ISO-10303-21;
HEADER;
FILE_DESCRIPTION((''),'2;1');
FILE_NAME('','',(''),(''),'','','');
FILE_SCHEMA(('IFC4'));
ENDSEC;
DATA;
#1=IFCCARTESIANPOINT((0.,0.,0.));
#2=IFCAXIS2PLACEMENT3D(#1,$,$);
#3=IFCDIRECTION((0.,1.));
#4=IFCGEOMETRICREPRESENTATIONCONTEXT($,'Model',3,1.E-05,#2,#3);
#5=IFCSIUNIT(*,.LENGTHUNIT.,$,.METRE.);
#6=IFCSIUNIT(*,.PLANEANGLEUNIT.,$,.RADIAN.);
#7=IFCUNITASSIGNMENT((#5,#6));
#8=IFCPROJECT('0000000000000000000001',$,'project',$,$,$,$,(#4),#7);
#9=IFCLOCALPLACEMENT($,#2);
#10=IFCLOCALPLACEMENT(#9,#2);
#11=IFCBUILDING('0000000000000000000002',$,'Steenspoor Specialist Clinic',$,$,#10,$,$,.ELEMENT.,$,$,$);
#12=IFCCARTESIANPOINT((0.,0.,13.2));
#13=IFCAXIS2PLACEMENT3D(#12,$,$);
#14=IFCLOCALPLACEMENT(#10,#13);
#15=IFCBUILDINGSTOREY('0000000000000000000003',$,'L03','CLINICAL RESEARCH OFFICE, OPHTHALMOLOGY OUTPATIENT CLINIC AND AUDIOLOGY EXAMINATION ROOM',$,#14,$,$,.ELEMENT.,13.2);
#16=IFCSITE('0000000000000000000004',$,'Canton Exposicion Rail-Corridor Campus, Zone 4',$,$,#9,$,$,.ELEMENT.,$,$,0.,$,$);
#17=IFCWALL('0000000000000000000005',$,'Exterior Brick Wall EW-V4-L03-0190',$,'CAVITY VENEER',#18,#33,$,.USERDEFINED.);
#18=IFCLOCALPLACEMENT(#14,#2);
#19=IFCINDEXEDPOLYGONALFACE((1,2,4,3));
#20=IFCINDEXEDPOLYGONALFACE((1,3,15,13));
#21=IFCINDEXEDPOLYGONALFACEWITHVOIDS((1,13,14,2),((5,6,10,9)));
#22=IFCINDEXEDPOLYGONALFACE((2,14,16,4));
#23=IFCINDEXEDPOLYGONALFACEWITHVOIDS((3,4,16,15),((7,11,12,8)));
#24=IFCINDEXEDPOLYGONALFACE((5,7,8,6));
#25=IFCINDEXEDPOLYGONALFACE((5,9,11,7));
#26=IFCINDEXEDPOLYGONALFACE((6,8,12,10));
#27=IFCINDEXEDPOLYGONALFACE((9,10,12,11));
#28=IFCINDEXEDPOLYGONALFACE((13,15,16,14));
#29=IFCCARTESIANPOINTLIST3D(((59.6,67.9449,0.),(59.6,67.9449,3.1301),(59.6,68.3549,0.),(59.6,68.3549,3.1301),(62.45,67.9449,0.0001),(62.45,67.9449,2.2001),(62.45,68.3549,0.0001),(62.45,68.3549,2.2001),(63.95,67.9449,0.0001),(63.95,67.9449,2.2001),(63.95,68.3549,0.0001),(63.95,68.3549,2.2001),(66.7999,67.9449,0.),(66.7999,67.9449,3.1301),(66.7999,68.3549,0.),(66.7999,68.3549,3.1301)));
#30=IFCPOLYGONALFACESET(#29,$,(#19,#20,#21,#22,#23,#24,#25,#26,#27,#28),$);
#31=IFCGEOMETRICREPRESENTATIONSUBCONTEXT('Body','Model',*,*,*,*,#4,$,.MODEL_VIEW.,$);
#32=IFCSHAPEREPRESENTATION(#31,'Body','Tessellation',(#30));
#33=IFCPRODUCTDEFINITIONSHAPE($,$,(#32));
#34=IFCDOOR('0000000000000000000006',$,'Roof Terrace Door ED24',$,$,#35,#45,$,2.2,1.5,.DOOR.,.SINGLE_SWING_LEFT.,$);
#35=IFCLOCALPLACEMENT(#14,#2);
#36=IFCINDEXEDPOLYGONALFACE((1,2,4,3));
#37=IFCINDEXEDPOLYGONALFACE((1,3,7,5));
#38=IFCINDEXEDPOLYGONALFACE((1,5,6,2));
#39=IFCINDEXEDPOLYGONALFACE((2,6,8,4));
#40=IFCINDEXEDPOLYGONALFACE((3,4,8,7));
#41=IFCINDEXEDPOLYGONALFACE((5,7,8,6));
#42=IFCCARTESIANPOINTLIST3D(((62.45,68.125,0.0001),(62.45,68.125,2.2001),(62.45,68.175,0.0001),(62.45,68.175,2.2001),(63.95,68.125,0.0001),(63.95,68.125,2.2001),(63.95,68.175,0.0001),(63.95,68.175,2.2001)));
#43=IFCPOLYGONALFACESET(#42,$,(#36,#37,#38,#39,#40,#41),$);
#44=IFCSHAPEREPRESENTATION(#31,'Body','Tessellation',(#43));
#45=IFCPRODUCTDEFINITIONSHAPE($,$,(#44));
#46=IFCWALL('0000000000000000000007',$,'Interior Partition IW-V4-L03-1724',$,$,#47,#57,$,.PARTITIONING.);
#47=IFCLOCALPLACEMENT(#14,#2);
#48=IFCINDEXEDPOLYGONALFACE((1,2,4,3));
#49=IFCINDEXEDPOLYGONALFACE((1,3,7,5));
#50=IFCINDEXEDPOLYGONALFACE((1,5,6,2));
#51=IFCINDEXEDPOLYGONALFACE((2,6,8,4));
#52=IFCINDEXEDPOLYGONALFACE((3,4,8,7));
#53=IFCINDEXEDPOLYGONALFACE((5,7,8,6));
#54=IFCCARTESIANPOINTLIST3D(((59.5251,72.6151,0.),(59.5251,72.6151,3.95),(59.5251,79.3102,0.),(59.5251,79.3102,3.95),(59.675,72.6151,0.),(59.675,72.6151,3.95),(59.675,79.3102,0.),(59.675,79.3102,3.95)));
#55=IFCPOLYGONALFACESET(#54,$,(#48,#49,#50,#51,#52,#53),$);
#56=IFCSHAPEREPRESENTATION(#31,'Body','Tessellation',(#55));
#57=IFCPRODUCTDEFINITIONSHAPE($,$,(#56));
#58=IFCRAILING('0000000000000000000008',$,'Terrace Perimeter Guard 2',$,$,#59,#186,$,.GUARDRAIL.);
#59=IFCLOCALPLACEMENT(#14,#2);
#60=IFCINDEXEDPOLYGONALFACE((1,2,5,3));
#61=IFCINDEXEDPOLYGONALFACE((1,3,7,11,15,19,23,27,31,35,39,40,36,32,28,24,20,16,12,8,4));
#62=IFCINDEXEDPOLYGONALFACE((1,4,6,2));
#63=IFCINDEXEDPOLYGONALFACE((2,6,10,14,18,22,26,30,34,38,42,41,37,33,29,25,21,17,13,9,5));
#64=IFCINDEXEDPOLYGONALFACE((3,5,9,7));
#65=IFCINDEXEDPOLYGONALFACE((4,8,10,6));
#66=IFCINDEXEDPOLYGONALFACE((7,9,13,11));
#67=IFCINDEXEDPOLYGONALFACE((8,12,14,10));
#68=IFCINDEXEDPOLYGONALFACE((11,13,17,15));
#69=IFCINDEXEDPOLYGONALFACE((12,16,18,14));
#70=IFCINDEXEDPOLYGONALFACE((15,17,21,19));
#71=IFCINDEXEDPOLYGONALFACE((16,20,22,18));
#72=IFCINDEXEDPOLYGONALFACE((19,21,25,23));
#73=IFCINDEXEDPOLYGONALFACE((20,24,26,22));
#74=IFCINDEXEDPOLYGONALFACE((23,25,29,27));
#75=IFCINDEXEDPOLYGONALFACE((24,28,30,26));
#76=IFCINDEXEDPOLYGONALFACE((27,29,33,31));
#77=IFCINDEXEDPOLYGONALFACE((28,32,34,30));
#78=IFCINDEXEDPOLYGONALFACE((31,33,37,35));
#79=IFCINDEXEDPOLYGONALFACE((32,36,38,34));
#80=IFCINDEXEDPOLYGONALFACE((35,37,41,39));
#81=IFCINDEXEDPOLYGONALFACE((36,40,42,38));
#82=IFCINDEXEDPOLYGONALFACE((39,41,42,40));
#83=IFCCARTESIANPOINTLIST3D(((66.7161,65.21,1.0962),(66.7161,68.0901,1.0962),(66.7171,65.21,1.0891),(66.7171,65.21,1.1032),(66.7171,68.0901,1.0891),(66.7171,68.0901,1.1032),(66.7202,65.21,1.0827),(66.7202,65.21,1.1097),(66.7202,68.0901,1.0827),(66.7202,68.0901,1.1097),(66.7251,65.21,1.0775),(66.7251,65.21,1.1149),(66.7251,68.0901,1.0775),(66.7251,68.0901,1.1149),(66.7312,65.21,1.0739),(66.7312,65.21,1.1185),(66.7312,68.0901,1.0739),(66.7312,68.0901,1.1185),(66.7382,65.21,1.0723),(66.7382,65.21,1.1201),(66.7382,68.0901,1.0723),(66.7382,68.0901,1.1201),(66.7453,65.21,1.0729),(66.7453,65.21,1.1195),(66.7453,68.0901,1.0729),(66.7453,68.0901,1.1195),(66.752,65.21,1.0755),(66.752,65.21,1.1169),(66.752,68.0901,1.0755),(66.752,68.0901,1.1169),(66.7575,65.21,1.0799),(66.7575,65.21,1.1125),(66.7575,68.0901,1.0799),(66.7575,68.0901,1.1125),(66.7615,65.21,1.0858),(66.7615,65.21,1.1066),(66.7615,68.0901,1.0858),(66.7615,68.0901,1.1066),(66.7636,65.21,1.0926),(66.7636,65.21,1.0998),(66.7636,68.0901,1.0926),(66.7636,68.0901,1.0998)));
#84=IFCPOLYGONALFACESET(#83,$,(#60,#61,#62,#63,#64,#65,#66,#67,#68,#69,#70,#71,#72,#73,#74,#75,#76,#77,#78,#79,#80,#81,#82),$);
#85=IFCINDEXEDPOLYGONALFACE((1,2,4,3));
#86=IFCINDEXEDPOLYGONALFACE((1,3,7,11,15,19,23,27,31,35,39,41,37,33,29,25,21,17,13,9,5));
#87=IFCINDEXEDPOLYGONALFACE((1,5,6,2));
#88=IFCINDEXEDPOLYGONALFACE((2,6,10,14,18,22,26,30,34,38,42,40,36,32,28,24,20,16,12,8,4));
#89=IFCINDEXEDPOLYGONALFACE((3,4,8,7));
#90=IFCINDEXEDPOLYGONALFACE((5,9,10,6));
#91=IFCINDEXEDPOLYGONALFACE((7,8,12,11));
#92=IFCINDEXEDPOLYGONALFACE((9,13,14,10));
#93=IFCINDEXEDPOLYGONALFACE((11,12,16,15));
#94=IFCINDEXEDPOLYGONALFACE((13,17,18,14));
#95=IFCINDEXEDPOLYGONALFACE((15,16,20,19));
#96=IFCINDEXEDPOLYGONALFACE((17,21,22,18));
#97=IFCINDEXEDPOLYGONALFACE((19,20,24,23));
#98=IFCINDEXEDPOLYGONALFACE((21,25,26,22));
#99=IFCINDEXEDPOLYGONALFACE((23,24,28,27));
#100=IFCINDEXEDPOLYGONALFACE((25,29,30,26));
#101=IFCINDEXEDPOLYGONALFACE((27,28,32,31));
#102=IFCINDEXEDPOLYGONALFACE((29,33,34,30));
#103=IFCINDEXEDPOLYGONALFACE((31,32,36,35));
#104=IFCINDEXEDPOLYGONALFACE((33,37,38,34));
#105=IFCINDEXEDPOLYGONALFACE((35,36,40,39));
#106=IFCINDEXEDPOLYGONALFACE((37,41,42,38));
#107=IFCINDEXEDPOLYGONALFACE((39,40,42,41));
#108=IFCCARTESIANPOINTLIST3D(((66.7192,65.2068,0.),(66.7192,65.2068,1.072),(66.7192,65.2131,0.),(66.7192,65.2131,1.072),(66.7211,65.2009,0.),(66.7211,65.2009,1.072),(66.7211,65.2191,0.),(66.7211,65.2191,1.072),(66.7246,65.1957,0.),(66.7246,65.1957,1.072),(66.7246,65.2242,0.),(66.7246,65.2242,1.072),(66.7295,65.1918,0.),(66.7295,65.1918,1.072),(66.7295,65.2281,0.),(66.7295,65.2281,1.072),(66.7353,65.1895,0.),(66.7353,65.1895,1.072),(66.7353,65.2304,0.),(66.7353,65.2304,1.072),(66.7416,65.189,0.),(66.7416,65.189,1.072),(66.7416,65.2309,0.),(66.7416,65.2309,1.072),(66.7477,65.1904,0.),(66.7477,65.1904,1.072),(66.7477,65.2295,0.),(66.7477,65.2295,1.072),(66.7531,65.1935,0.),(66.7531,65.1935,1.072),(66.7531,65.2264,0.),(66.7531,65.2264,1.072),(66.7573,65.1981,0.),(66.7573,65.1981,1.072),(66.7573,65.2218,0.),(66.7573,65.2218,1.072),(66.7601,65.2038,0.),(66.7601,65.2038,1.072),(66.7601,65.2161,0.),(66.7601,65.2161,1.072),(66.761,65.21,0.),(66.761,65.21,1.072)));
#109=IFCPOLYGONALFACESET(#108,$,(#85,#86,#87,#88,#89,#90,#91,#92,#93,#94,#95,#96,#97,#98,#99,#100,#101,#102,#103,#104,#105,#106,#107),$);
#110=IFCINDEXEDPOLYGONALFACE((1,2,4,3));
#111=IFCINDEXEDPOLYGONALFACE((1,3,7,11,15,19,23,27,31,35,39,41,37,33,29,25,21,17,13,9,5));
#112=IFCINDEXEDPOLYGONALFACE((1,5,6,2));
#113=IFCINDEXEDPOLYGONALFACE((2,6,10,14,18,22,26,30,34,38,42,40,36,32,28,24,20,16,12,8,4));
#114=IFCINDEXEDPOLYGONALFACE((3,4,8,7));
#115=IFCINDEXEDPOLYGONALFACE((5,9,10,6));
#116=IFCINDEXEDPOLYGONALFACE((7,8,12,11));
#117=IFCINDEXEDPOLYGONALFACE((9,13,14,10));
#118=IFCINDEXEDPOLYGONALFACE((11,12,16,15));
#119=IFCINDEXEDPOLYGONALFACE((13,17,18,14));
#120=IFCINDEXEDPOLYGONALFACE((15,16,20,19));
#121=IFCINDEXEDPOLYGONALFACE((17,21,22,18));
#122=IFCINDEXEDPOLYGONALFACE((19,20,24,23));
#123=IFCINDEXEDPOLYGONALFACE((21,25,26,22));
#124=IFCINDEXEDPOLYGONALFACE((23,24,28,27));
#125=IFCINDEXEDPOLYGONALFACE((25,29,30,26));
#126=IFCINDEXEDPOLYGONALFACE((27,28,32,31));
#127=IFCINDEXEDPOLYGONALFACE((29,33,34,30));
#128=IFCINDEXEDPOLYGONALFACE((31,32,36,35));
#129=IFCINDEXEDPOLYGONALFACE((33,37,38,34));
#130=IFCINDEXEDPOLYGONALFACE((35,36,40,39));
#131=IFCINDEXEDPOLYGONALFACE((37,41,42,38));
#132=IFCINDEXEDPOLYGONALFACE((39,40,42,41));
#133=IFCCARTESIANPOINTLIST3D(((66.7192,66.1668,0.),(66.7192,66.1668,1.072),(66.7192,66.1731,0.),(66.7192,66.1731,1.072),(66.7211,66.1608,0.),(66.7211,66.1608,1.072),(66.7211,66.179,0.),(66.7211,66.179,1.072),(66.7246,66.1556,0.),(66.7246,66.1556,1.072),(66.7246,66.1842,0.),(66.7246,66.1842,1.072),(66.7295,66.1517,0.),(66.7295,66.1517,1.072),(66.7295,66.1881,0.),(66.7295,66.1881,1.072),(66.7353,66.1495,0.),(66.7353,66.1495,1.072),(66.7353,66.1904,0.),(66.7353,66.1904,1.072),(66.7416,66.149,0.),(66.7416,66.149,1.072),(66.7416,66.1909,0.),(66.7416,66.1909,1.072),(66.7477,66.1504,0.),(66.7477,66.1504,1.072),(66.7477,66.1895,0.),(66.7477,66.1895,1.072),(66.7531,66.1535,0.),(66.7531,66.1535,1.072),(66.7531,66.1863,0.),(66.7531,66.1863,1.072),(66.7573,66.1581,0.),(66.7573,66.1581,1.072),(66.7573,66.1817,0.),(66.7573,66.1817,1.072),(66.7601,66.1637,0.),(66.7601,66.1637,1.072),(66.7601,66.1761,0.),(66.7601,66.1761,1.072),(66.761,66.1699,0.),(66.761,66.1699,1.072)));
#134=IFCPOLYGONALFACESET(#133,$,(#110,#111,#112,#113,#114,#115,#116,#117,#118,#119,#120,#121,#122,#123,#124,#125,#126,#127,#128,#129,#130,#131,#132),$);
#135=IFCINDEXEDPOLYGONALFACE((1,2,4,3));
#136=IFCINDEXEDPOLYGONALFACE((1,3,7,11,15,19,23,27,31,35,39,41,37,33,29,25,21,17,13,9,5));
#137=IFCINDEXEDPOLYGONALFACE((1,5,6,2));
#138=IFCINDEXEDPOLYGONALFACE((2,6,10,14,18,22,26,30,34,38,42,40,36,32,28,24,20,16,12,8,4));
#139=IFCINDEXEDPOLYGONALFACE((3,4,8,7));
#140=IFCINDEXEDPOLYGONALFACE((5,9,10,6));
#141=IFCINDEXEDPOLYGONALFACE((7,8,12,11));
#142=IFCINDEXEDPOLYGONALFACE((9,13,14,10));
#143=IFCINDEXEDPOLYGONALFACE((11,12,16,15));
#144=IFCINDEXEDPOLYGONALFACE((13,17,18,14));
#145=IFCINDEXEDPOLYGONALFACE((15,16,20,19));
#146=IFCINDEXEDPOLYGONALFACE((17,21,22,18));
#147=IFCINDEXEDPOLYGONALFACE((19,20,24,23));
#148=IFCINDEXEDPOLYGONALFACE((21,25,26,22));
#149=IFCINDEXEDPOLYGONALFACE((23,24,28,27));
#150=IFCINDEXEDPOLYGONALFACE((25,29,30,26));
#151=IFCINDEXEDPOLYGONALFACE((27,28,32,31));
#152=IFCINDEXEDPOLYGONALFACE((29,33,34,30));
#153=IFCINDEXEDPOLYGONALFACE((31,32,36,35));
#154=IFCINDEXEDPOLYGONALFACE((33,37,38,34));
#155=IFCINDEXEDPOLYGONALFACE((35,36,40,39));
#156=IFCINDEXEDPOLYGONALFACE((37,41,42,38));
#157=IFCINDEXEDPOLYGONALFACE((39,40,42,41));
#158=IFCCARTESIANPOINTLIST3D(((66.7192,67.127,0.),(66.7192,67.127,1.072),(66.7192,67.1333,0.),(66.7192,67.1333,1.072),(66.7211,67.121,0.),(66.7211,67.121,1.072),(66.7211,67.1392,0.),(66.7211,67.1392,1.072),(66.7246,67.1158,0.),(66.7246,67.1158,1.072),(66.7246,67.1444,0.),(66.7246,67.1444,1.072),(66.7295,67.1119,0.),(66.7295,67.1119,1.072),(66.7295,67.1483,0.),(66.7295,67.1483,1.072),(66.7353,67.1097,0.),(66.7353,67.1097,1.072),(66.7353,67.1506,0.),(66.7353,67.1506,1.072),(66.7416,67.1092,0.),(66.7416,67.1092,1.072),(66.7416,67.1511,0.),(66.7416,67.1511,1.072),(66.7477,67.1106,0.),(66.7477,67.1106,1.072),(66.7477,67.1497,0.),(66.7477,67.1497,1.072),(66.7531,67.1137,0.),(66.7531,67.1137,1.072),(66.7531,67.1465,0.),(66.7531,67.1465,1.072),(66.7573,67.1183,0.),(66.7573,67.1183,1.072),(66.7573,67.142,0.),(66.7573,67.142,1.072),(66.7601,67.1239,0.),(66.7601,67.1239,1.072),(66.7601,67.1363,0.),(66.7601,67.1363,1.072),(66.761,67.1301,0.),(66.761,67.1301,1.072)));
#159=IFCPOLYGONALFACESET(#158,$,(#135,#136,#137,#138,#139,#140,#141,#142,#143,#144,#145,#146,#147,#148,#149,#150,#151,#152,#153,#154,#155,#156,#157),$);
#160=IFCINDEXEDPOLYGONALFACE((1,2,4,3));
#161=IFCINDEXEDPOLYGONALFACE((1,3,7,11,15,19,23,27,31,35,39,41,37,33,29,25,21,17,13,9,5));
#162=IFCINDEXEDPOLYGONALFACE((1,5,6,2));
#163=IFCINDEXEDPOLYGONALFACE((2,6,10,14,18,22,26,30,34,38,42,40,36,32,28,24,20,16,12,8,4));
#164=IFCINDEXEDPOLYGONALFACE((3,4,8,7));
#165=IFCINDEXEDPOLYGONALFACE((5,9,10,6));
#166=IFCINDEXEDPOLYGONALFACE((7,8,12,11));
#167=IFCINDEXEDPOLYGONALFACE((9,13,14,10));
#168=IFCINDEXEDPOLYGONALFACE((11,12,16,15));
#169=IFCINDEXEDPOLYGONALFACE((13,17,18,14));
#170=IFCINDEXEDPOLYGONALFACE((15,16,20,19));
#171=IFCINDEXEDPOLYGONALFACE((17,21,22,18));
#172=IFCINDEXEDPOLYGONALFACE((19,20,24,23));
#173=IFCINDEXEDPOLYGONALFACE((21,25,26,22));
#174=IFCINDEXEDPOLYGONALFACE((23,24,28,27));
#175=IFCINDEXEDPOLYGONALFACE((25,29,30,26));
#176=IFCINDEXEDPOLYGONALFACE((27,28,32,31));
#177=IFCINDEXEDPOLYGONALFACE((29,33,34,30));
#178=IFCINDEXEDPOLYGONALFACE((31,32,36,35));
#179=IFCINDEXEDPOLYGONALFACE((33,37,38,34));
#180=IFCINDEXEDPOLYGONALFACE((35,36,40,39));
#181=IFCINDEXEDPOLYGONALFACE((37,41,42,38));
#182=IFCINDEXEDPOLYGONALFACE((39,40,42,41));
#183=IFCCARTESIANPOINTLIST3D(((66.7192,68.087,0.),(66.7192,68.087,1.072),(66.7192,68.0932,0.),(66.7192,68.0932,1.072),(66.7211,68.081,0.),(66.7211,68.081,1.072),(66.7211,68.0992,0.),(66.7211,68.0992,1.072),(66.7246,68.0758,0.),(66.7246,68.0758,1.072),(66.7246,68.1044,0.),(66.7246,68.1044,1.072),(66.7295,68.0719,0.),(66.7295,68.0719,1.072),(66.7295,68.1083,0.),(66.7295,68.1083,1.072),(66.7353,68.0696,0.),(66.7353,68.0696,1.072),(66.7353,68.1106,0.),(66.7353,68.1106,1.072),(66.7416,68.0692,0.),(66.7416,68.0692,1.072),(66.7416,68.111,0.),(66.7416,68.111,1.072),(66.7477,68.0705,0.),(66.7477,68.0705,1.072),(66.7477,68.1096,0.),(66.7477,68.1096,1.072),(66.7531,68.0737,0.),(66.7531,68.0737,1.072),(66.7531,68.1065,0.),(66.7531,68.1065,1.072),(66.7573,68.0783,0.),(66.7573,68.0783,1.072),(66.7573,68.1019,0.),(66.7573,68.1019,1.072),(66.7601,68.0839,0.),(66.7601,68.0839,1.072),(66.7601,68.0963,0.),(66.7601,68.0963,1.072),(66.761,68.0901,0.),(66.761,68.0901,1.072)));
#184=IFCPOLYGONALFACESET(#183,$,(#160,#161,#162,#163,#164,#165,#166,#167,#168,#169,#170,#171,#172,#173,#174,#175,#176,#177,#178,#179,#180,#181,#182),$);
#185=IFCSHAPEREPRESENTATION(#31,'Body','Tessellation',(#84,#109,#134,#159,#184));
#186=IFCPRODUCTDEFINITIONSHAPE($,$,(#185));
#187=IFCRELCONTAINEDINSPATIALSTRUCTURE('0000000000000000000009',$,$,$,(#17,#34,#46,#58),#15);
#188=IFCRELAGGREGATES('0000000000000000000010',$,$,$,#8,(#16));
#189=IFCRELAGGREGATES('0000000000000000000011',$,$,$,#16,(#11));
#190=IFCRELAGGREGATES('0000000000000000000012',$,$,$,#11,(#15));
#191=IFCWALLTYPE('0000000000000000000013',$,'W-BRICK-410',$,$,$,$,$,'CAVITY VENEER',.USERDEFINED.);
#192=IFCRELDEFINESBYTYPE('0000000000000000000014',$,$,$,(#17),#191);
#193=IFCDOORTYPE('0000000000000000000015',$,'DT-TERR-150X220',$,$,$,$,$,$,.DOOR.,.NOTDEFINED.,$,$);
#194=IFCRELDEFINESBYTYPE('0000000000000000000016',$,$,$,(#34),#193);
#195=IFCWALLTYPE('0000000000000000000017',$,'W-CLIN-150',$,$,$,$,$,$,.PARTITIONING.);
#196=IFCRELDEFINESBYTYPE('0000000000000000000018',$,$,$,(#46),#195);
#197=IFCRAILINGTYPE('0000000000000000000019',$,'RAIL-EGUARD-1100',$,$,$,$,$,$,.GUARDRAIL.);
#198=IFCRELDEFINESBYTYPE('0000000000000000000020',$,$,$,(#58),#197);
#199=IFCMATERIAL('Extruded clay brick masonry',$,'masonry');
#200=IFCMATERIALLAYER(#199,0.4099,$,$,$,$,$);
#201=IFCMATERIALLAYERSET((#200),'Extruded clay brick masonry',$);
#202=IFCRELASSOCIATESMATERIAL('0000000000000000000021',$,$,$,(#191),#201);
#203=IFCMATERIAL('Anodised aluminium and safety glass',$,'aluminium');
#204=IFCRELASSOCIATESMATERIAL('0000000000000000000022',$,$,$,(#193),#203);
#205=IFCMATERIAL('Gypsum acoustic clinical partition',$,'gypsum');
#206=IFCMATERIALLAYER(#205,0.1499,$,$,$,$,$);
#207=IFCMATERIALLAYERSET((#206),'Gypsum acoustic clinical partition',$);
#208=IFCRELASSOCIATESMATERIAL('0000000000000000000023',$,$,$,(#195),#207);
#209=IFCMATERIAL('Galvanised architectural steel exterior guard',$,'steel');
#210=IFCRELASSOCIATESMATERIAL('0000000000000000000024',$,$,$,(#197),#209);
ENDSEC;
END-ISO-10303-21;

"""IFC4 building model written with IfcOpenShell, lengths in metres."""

from ifc_helpers import new_model, si_unit, direction, frame, frame_2d, origin, origin_2d, place, context, subcontext, project, spatial, rectangle, circle, extrude, material, layer, layer_set, type_object, element, fill, save


model = new_model("IFC4")

# Units and contexts
model_context = context("Model", 3, precision=1e-05, world=origin(), true_north=direction((0.0, 1.0)))
body_context = subcontext(model_context, "Body", "Model", "MODEL_VIEW")
ifc_project = project(units=[si_unit("LENGTHUNIT", "METRE"), si_unit("PLANEANGLEUNIT", "RADIAN")], contexts=[model_context])

# Site, building, storey
site_placement = place(None, origin())
site = spatial("IfcSite", under=ifc_project, at=site_placement, Name="Canton Exposicion Rail-Corridor Campus, Zone 4", CompositionType="ELEMENT", RefElevation=0.0)
building_placement = place(site_placement, origin())
building = spatial("IfcBuilding", under=site, at=building_placement, Name="Steenspoor Specialist Clinic", CompositionType="ELEMENT")
storey_placement = place(building_placement, frame((0.0, 0.0, 13.2)))
storey = spatial("IfcBuildingStorey", under=building, at=storey_placement, Name="L03", Description="CLINICAL RESEARCH OFFICE, OPHTHALMOLOGY OUTPATIENT CLINIC AND AUDIOLOGY EXAMINATION ROOM", CompositionType="ELEMENT", Elevation=13.2)

# Wall, opening, door
ifc_material_1 = material(Name="Extruded clay brick masonry", Category="masonry")
ifc_layer_1 = layer(ifc_material_1, 0.4099)
ifc_layer_set_1 = layer_set([ifc_layer_1], Name="Extruded clay brick masonry")
wall_type_1 = type_object("IfcWallType", Name="W-BRICK-410", ElementType="CAVITY VENEER", PredefinedType="USERDEFINED", material=ifc_layer_set_1)
wall_1_placement = place(storey_placement, frame((66.8, 68.1499, 0.0), z_axis=(0.0, 0.0, 1.0), x_axis=(-1.0, 0.0, 0.0)))
wall_1 = element("IfcWall", 1, at=wall_1_placement, inside=storey, type_object=wall_type_1, Name="Exterior Brick Wall EW-V4-L03-0190", ObjectType="CAVITY VENEER", PredefinedType="USERDEFINED", context=body_context, shape_type="SweptSolid", body=[
    extrude(rectangle(XDim=7.2, YDim=0.4099, at=frame_2d((3.6001, 0.0))), origin(), (0.0, 0.0, 1.0), 3.1301),
])
opening_placement = place(wall_1_placement, frame((2.8501, 0.0, 0.0)))
opening = element("IfcOpeningElement", 2, at=opening_placement, cuts=wall_1, PredefinedType="OPENING", context=body_context, shape_type="SweptSolid", body=[
    extrude(rectangle(XDim=1.5, YDim=2.2, at=frame_2d((0.75, 1.1001))), frame((0.0, 0.2148, 0.0), z_axis=(0.0, -1.0, 0.0), x_axis=(1.0, 0.0, 0.0)), (0.0, 0.0, 1.0), 0.4299),
])
ifc_material_2 = material(Name="Anodised aluminium and safety glass", Category="aluminium")
door_type = type_object("IfcDoorType", Name="DT-TERR-150X220", OperationType="NOTDEFINED", PredefinedType="DOOR", material=ifc_material_2)
door_placement = place(opening_placement, origin())
door = element("IfcDoor", 3, at=door_placement, inside=storey, type_object=door_type, Name="Roof Terrace Door ED24", OperationType="SINGLE_SWING_LEFT", OverallHeight=2.2, OverallWidth=1.5, PredefinedType="DOOR", context=body_context, shape_type="SweptSolid", body=[
    extrude(rectangle(XDim=1.5, YDim=2.2, at=frame_2d((0.75, 1.1001))), frame((0.0, 0.0249, 0.0), z_axis=(0.0, -1.0, 0.0), x_axis=(1.0, 0.0, 0.0)), (0.0, 0.0, 1.0), 0.05),
])
fill(opening, door)

# Wall
ifc_material_3 = material(Name="Gypsum acoustic clinical partition", Category="gypsum")
ifc_layer_2 = layer(ifc_material_3, 0.1499)
ifc_layer_set_2 = layer_set([ifc_layer_2], Name="Gypsum acoustic clinical partition")
wall_type_2 = type_object("IfcWallType", Name="W-CLIN-150", PredefinedType="PARTITIONING", material=ifc_layer_set_2)
wall_2_placement = place(storey_placement, frame((59.6001, 72.615, 0.0), z_axis=(0.0, 0.0, 1.0), x_axis=(0.0, 1.0, 0.0)))
element("IfcWall", 4, at=wall_2_placement, inside=storey, type_object=wall_type_2, Name="Interior Partition IW-V4-L03-1724", PredefinedType="PARTITIONING", context=body_context, shape_type="SweptSolid", body=[
    extrude(rectangle(XDim=6.6951, YDim=0.1499, at=frame_2d((3.3477, 0.0))), origin(), (0.0, 0.0, 1.0), 3.95),
])

# Railing
ifc_material_4 = material(Name="Galvanised architectural steel exterior guard", Category="steel")
railing_type = type_object("IfcRailingType", Name="RAIL-EGUARD-1100", PredefinedType="GUARDRAIL", material=ifc_material_4)
railing_placement = place(storey_placement, frame((66.74, 65.21, 0.0)))
element("IfcRailing", 5, at=railing_placement, inside=storey, type_object=railing_type, Name="Terrace Perimeter Guard 2", PredefinedType="GUARDRAIL", context=body_context, shape_type="SweptSolid", body=[
    extrude(circle(Radius=0.0239, at=origin_2d()), frame((0.0, 0.0, 1.0962), z_axis=(0.0, 1.0, 0.0), x_axis=(-1.0, 0.0, 0.0)), (0.0, 0.0, 1.0), 2.8801),
    extrude(circle(Radius=0.021, at=origin_2d()), origin(), (0.0, 0.0, 1.0), 1.072),
    extrude(circle(Radius=0.021, at=origin_2d()), frame((0.0, 0.96, 0.0)), (0.0, 0.0, 1.0), 1.072),
    extrude(circle(Radius=0.021, at=origin_2d()), frame((0.0, 1.9202, 0.0)), (0.0, 0.0, 1.0), 1.072),
    extrude(circle(Radius=0.021, at=origin_2d()), frame((0.0, 2.8801, 0.0)), (0.0, 0.0, 1.0), 1.072),
])

save(model, "model.ifc")
